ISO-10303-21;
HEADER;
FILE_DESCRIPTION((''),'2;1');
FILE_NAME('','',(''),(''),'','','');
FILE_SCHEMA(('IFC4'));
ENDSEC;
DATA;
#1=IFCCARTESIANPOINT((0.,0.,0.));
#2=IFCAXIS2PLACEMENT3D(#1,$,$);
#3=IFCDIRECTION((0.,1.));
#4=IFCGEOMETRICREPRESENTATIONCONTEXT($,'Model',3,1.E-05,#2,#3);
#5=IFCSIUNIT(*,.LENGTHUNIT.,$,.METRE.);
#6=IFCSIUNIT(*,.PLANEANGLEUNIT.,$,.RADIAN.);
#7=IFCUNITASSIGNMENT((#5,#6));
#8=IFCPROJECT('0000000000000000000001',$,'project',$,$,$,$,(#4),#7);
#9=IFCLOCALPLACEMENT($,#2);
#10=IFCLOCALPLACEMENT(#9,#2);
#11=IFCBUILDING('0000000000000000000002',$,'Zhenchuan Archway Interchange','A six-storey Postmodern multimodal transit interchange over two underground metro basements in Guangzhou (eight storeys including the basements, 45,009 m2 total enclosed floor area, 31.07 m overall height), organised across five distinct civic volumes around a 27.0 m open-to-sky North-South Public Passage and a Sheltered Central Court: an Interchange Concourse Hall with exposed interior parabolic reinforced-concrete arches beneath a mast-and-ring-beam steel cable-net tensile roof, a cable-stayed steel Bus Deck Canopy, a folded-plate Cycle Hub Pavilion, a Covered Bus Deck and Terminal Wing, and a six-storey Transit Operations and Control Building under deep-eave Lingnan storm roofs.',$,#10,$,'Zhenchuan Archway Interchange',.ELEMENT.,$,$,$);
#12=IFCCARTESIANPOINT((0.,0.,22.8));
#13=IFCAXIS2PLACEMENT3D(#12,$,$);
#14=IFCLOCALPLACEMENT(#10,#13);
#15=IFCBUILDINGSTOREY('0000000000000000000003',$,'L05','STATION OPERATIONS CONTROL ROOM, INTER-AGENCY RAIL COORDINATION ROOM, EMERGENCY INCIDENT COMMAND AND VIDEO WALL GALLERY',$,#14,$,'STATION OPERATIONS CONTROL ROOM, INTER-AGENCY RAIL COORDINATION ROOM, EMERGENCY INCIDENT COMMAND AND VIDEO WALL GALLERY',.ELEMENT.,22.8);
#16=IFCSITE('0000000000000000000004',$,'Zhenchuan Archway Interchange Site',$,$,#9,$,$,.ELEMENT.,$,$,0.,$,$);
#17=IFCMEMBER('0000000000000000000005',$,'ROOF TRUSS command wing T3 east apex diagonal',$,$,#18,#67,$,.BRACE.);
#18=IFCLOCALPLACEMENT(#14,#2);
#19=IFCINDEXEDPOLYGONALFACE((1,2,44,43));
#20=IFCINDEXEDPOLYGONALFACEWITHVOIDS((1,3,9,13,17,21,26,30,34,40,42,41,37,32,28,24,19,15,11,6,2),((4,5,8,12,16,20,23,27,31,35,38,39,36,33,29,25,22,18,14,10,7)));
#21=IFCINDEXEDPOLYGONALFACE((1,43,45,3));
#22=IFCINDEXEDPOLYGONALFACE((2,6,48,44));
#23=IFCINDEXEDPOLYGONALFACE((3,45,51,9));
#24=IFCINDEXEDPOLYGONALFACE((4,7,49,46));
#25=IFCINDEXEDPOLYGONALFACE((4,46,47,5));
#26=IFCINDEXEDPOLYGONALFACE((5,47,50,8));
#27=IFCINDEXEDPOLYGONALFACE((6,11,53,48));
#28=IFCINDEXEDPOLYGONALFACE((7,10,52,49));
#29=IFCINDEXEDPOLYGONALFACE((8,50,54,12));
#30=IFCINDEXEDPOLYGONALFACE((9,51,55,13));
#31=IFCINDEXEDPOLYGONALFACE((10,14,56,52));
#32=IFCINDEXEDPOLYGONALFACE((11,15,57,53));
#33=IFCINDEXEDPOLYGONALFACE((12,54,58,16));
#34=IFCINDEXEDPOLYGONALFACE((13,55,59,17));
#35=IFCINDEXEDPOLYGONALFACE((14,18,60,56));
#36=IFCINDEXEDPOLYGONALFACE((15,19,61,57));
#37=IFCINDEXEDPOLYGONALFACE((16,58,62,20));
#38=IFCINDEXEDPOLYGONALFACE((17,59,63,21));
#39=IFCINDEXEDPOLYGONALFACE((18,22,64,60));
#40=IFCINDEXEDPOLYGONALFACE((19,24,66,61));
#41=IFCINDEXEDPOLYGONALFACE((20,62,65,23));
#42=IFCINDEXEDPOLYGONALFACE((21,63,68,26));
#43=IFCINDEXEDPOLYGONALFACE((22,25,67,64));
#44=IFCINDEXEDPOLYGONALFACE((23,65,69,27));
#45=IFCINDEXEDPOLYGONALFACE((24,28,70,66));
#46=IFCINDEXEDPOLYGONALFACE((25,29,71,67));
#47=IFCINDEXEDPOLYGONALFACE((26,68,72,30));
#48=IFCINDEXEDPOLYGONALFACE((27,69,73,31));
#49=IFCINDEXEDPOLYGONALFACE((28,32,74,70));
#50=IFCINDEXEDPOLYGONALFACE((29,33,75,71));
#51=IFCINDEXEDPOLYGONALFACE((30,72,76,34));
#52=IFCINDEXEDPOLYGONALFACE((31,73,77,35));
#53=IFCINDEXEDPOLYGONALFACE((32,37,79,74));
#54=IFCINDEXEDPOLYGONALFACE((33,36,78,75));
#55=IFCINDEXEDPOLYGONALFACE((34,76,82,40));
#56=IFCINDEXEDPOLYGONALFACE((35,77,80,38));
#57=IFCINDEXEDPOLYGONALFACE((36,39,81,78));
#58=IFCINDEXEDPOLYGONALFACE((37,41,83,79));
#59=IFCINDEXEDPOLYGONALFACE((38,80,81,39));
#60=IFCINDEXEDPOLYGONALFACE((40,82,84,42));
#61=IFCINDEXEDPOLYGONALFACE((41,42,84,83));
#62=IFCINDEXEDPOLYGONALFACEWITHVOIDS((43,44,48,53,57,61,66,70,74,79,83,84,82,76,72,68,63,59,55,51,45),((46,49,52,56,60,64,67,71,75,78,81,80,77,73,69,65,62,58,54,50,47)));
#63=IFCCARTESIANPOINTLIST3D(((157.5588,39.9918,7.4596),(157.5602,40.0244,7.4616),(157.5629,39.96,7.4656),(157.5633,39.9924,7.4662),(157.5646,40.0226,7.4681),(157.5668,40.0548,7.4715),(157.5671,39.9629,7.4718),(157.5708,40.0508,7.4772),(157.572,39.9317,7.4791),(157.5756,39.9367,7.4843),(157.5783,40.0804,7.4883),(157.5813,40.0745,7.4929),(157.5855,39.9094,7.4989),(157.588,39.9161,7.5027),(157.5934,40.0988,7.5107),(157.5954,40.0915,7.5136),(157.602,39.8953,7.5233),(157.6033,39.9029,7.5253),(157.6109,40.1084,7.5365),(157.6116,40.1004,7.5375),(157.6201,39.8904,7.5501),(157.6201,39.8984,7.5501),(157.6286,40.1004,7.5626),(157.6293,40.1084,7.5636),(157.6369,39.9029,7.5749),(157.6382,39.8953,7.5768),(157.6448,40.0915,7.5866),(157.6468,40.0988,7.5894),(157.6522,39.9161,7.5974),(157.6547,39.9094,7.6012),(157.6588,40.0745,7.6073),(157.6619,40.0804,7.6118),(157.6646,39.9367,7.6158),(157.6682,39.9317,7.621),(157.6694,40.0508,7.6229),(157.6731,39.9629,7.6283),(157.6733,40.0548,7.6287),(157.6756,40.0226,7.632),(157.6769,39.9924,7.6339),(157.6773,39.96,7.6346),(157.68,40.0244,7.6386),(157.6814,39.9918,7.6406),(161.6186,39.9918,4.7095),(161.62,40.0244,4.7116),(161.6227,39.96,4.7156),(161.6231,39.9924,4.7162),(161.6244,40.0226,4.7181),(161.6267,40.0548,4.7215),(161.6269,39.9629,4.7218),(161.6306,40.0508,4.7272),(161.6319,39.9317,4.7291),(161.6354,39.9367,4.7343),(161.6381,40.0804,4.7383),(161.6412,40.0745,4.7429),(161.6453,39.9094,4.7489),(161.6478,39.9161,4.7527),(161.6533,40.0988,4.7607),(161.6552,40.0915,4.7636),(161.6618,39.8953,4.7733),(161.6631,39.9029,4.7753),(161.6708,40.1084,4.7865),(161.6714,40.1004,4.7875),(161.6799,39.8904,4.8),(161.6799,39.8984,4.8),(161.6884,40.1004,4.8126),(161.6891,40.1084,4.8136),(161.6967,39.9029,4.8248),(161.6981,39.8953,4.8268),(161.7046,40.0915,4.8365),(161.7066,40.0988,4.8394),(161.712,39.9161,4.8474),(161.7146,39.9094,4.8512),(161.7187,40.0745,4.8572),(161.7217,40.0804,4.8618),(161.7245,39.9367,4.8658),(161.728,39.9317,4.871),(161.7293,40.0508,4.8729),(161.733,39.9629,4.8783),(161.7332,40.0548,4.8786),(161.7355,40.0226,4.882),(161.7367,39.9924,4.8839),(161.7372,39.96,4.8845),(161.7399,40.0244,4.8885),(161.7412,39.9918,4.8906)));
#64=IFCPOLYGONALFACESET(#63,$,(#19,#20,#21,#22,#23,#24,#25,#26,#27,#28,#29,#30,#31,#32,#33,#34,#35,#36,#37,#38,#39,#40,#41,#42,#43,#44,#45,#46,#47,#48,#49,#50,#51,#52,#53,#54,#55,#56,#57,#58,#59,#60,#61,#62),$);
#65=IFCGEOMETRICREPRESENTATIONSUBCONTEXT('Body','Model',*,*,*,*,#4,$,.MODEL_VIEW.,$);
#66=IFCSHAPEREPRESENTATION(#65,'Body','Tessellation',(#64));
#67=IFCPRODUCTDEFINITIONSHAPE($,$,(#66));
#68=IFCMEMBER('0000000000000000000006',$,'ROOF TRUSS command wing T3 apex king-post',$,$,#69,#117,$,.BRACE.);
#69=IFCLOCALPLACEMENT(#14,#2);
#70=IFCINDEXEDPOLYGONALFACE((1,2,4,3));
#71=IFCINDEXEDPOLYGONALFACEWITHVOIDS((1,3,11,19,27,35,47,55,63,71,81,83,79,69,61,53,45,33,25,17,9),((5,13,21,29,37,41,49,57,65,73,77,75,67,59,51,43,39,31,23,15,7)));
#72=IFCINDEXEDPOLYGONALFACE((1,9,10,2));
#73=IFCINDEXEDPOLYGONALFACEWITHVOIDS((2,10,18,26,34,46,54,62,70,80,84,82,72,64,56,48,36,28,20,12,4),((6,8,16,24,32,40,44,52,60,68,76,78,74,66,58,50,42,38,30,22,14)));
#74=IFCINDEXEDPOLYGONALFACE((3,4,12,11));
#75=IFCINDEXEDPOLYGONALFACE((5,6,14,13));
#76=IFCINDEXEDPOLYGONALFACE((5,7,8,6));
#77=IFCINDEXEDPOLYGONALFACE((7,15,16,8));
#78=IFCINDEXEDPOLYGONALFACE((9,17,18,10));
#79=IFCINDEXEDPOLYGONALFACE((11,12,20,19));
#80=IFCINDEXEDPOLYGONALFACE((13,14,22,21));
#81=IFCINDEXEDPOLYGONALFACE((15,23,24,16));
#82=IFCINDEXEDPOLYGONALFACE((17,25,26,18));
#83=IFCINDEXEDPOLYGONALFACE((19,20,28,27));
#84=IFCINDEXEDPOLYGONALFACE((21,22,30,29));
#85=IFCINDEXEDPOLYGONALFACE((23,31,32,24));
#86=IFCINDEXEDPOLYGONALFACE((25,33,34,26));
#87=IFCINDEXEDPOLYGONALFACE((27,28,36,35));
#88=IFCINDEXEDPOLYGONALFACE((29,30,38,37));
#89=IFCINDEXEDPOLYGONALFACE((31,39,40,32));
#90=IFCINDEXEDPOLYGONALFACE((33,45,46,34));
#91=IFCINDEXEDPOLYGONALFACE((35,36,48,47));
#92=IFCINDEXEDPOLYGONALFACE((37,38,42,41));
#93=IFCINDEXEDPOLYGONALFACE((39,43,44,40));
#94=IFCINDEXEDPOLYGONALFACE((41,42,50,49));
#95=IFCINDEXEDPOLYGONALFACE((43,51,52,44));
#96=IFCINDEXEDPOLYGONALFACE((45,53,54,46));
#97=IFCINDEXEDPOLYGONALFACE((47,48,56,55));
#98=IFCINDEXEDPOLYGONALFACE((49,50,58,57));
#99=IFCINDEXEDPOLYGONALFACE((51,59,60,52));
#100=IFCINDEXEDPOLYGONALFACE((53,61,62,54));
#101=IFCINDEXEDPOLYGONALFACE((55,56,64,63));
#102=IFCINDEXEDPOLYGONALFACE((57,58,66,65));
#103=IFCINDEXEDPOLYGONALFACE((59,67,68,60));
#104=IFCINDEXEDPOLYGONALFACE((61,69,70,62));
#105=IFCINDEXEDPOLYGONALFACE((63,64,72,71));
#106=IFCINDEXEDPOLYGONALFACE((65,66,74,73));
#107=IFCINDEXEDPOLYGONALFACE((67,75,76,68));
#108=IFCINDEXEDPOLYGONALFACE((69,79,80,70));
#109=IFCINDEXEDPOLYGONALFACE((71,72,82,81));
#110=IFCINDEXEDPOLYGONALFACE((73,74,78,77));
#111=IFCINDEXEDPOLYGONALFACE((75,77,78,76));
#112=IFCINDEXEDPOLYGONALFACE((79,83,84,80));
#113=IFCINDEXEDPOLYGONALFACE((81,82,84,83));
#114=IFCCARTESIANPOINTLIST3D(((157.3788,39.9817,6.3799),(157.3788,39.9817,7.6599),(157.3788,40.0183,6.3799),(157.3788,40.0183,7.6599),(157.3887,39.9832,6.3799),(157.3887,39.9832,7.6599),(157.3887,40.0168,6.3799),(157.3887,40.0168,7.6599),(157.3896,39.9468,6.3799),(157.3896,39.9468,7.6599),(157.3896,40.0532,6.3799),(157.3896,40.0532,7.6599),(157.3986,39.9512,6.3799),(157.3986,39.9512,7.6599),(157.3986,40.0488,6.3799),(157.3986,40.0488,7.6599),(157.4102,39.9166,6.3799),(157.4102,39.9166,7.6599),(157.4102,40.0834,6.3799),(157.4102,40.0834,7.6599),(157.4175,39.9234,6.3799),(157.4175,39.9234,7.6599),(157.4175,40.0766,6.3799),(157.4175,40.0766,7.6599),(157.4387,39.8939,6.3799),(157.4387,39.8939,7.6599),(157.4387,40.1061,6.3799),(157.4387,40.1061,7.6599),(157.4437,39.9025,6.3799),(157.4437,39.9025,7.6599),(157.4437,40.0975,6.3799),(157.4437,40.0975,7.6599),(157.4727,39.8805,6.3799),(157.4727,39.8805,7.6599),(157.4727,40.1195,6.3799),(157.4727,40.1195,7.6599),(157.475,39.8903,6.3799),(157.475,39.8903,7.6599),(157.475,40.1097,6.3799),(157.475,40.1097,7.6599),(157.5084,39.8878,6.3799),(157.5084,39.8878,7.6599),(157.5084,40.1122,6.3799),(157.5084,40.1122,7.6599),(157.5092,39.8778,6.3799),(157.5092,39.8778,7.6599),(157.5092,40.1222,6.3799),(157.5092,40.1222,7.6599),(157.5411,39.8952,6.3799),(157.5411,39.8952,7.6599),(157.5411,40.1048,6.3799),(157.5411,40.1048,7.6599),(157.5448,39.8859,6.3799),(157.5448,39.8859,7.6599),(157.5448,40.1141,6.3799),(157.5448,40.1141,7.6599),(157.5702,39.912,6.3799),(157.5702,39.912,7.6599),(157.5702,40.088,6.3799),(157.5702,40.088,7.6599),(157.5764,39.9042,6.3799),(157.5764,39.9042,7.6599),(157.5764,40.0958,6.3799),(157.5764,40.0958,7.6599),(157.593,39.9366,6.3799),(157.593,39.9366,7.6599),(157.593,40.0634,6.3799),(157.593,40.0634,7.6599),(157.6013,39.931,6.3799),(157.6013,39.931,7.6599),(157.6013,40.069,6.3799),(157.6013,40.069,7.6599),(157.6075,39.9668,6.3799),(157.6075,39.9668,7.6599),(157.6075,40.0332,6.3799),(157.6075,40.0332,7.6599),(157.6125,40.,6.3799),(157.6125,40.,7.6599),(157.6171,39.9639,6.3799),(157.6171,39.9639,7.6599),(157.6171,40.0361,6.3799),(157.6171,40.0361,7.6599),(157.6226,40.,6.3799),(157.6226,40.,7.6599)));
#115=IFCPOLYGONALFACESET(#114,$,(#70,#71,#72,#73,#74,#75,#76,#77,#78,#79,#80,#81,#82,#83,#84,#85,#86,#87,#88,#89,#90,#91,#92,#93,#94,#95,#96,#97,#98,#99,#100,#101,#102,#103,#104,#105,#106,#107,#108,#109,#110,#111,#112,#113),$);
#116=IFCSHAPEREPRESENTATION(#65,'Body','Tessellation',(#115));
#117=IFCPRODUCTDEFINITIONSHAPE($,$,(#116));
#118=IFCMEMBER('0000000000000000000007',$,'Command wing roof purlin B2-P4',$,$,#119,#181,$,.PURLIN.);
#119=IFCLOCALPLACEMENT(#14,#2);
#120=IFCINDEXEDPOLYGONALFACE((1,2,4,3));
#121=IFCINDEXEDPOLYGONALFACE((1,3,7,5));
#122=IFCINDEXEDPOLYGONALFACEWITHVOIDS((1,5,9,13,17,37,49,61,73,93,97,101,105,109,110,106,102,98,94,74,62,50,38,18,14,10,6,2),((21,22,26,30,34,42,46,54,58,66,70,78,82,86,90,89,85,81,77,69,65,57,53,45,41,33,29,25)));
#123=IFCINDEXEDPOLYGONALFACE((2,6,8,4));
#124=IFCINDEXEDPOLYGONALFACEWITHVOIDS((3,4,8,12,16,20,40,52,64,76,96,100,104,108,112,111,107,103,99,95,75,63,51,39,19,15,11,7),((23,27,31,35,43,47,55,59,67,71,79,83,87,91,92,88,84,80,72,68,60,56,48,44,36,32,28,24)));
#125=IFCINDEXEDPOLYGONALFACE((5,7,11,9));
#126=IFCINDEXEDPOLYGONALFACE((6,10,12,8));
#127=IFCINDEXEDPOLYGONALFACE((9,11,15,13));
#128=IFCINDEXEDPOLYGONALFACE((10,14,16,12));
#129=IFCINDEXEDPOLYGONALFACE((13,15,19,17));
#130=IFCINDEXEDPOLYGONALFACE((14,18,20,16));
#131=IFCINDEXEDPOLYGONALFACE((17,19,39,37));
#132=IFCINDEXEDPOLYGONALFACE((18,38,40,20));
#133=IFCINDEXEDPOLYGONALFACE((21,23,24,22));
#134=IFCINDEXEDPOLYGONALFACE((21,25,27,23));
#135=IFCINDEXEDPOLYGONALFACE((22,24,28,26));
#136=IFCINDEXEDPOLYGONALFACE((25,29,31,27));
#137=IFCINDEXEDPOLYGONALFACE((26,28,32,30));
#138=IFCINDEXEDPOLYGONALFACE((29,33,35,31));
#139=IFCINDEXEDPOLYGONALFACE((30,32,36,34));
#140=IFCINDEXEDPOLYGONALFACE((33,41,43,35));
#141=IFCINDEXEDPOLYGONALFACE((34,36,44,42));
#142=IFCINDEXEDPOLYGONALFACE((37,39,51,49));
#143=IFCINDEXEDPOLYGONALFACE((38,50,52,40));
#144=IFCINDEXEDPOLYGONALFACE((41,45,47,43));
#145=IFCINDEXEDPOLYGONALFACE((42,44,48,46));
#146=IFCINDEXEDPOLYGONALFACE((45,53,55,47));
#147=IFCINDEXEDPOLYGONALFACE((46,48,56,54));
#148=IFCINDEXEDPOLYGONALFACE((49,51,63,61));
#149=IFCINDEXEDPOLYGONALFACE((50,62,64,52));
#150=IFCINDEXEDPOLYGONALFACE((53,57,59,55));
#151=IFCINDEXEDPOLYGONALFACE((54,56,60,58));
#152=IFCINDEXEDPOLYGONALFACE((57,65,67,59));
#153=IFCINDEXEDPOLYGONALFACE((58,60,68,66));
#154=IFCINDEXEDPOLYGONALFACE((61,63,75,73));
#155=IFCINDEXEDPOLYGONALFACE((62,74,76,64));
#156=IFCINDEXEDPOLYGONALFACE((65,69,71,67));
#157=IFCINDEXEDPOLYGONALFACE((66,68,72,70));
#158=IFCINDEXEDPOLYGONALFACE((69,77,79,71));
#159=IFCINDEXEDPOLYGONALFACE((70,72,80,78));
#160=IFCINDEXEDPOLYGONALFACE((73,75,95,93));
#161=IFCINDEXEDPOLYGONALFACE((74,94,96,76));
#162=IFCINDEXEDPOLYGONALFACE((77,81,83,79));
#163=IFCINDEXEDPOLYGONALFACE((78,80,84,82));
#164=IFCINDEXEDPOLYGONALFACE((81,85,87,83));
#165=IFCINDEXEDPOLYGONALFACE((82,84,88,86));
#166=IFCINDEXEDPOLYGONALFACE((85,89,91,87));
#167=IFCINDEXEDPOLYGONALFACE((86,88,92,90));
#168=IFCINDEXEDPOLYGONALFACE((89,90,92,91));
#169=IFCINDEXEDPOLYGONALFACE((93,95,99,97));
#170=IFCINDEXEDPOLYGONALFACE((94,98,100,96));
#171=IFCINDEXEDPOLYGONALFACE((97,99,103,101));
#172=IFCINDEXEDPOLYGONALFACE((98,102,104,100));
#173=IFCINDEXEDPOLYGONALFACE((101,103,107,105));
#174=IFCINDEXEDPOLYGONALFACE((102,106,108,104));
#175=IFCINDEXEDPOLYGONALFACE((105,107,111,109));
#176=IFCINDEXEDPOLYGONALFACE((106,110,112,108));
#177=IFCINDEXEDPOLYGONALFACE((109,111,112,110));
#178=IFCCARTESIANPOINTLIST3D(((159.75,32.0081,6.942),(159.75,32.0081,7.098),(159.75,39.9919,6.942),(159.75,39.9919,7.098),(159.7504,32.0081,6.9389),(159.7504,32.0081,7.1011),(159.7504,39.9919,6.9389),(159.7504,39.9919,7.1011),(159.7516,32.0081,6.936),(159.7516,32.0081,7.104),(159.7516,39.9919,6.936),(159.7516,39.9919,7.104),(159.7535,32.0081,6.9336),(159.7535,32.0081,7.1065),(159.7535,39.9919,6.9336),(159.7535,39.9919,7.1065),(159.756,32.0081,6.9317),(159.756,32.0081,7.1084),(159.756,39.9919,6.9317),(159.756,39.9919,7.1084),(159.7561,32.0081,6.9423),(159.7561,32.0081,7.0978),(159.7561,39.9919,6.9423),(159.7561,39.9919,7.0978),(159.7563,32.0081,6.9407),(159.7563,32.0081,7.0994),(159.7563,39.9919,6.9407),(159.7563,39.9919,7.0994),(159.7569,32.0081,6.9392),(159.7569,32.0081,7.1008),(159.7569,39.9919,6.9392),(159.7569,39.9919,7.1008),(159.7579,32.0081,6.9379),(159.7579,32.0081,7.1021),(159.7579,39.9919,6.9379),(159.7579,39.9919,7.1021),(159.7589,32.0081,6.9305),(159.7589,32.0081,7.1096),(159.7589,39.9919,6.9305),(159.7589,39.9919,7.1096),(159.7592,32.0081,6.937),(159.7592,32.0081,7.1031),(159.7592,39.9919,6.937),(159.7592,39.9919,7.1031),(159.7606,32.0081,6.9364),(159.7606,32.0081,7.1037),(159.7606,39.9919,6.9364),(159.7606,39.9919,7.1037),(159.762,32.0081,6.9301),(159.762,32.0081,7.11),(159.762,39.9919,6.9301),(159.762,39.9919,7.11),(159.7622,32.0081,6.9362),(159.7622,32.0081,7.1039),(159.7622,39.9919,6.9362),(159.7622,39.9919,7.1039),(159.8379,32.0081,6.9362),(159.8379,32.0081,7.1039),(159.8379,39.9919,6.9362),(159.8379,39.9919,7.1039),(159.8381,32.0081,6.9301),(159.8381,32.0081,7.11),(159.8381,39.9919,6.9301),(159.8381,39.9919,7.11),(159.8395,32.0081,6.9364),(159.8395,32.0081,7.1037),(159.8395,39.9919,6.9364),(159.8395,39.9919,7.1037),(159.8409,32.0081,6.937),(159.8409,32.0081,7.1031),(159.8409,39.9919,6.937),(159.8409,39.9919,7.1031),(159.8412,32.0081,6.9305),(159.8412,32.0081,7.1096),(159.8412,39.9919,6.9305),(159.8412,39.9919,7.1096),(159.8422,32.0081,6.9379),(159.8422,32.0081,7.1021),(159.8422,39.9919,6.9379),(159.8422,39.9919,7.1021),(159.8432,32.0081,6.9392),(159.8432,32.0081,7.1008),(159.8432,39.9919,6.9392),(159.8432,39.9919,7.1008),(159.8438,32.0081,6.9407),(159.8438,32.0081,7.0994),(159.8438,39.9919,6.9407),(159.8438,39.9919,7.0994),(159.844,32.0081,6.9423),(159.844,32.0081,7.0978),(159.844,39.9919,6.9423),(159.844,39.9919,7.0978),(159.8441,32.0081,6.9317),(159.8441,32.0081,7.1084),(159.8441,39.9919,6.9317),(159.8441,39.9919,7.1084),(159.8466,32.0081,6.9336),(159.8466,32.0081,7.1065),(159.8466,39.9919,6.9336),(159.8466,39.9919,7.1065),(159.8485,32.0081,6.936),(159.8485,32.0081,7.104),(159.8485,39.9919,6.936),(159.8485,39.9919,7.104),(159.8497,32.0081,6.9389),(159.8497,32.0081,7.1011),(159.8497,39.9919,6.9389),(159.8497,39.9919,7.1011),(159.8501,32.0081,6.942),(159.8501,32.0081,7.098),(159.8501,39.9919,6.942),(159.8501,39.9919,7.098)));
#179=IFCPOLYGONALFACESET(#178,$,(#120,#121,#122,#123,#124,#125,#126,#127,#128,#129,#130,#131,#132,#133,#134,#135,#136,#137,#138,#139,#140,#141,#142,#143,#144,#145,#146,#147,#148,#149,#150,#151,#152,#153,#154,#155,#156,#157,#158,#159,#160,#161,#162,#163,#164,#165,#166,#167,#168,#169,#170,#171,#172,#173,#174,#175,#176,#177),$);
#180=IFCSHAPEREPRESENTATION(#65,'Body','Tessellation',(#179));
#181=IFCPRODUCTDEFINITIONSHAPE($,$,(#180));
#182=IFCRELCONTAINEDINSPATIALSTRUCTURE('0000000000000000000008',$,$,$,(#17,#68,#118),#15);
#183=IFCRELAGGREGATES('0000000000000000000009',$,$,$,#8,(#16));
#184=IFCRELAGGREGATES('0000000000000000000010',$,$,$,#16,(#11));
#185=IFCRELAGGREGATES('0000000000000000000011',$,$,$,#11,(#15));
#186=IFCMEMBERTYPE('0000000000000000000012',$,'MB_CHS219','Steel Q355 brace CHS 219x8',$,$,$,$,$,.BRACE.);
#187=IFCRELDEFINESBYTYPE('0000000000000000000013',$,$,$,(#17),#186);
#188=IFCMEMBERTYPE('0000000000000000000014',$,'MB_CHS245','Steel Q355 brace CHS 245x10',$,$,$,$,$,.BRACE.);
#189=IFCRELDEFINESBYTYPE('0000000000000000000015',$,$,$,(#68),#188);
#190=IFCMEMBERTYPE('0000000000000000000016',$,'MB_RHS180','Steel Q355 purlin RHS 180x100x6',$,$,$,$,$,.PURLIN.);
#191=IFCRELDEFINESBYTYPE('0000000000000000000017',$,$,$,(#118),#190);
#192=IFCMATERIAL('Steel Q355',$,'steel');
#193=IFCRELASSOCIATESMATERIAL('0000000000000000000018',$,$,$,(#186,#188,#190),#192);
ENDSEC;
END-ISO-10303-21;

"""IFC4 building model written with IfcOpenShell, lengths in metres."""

from ifc_helpers import new_model, si_unit, direction, frame, origin, origin_2d, place, context, subcontext, project, spatial, hollow_rectangle, hollow_circle, extrude, material, material_profile, profile_set, type_object, element, save


model = new_model("IFC4")

# Units and contexts
model_context = context("Model", 3, precision=1e-05, world=origin(), true_north=direction((0.0, 1.0)))
body_context = subcontext(model_context, "Body", "Model", "MODEL_VIEW")
ifc_project = project(units=[si_unit("LENGTHUNIT", "METRE"), si_unit("PLANEANGLEUNIT", "RADIAN")], contexts=[model_context])

# Site, building, storey
site_placement = place(None, origin())
site = spatial("IfcSite", under=ifc_project, at=site_placement, Name="Zhenchuan Archway Interchange Site", CompositionType="ELEMENT", RefElevation=0.0)
building_placement = place(site_placement, origin())
building = spatial("IfcBuilding", under=site, at=building_placement, Name="Zhenchuan Archway Interchange", Description="A six-storey Postmodern multimodal transit interchange over two underground metro basements in Guangzhou (eight storeys including the basements, 45,009 m2 total enclosed floor area, 31.07 m overall height), organised across five distinct civic volumes around a 27.0 m open-to-sky North-South Public Passage and a Sheltered Central Court: an Interchange Concourse Hall with exposed interior parabolic reinforced-concrete arches beneath a mast-and-ring-beam steel cable-net tensile roof, a cable-stayed steel Bus Deck Canopy, a folded-plate Cycle Hub Pavilion, a Covered Bus Deck and Terminal Wing, and a six-storey Transit Operations and Control Building under deep-eave Lingnan storm roofs.", LongName="Zhenchuan Archway Interchange", CompositionType="ELEMENT")
storey_placement = place(building_placement, frame((0.0, 0.0, 22.8)))
storey = spatial("IfcBuildingStorey", under=building, at=storey_placement, Name="L05", Description="STATION OPERATIONS CONTROL ROOM, INTER-AGENCY RAIL COORDINATION ROOM, EMERGENCY INCIDENT COMMAND AND VIDEO WALL GALLERY", LongName="STATION OPERATIONS CONTROL ROOM, INTER-AGENCY RAIL COORDINATION ROOM, EMERGENCY INCIDENT COMMAND AND VIDEO WALL GALLERY", CompositionType="ELEMENT", Elevation=22.8)

# Shared definitions
ifc_material_1 = material(Name="Steel Q355", Category="steel")

# Members
ifc_material_profile_1 = material_profile(ifc_material_1, hollow_circle(Radius=0.1096, WallThickness=0.0081, at=origin_2d()), Name="CHS 219x8")
ifc_profile_set_1 = profile_set([ifc_material_profile_1], Name="Steel Q355")
member_type_1 = type_object("IfcMemberType", Name="MB_CHS219", Description="Steel Q355 brace CHS 219x8", PredefinedType="BRACE", material=ifc_profile_set_1)
member_1_placement = place(storey_placement, frame((161.6799, 40.0, 4.8), z_axis=(-0.827937, 0.0, 0.560821), x_axis=(0.0, -1.0, 0.0)))
element("IfcMember", 1, at=member_1_placement, inside=storey, type_object=member_type_1, Name="ROOF TRUSS command wing T3 east apex diagonal", PredefinedType="BRACE", context=body_context, shape_type="SweptSolid", body=[
    extrude(hollow_circle(Radius=0.1096, WallThickness=0.0081, at=origin_2d()), origin(), (0.0, 0.0, 1.0), 4.9036),
])
ifc_material_profile_2 = material_profile(ifc_material_1, hollow_circle(Radius=0.1226, WallThickness=0.01, at=origin_2d()), Name="CHS 245x10")
ifc_profile_set_2 = profile_set([ifc_material_profile_2], Name="Steel Q355")
member_type_2 = type_object("IfcMemberType", Name="MB_CHS245", Description="Steel Q355 brace CHS 245x10", PredefinedType="BRACE", material=ifc_profile_set_2)
member_2_placement = place(storey_placement, frame((157.5, 40.0, 6.3799), z_axis=(0.0, 0.0, 1.0), x_axis=(1.0, 0.0, 0.0)))
element("IfcMember", 2, at=member_2_placement, inside=storey, type_object=member_type_2, Name="ROOF TRUSS command wing T3 apex king-post", PredefinedType="BRACE", context=body_context, shape_type="SweptSolid", body=[
    extrude(hollow_circle(Radius=0.1226, WallThickness=0.01, at=origin_2d()), origin(), (0.0, 0.0, 1.0), 1.28),
])
ifc_material_profile_3 = material_profile(ifc_material_1, hollow_rectangle(XDim=0.1001, YDim=0.1799, WallThickness=0.0061, InnerFilletRadius=0.0061, OuterFilletRadius=0.012, at=origin_2d()), Name="RHS 180x100x6")
ifc_profile_set_3 = profile_set([ifc_material_profile_3], Name="Steel Q355")
member_type_3 = type_object("IfcMemberType", Name="MB_RHS180", Description="Steel Q355 purlin RHS 180x100x6", PredefinedType="PURLIN", material=ifc_profile_set_3)
for number, where, z_axis, x_axis, name in (
    (3, (159.8, 32.0081, 7.02), (0.0, 1.0, 0.0), (-1.0, 0.0, 0.0), "Command wing roof purlin B2-P4"),
):
    element("IfcMember", number, at=place(storey_placement, frame(where, z_axis=z_axis, x_axis=x_axis)), inside=storey, type_object=member_type_3, Name=name, PredefinedType="PURLIN", context=body_context, shape_type="SweptSolid", body=[
        extrude(hollow_rectangle(XDim=0.1001, YDim=0.1799, WallThickness=0.0061, InnerFilletRadius=0.0061, OuterFilletRadius=0.012, at=origin_2d()), origin(), (0.0, 0.0, 1.0), 7.9839),
    ])

save(model, "model.ifc")
